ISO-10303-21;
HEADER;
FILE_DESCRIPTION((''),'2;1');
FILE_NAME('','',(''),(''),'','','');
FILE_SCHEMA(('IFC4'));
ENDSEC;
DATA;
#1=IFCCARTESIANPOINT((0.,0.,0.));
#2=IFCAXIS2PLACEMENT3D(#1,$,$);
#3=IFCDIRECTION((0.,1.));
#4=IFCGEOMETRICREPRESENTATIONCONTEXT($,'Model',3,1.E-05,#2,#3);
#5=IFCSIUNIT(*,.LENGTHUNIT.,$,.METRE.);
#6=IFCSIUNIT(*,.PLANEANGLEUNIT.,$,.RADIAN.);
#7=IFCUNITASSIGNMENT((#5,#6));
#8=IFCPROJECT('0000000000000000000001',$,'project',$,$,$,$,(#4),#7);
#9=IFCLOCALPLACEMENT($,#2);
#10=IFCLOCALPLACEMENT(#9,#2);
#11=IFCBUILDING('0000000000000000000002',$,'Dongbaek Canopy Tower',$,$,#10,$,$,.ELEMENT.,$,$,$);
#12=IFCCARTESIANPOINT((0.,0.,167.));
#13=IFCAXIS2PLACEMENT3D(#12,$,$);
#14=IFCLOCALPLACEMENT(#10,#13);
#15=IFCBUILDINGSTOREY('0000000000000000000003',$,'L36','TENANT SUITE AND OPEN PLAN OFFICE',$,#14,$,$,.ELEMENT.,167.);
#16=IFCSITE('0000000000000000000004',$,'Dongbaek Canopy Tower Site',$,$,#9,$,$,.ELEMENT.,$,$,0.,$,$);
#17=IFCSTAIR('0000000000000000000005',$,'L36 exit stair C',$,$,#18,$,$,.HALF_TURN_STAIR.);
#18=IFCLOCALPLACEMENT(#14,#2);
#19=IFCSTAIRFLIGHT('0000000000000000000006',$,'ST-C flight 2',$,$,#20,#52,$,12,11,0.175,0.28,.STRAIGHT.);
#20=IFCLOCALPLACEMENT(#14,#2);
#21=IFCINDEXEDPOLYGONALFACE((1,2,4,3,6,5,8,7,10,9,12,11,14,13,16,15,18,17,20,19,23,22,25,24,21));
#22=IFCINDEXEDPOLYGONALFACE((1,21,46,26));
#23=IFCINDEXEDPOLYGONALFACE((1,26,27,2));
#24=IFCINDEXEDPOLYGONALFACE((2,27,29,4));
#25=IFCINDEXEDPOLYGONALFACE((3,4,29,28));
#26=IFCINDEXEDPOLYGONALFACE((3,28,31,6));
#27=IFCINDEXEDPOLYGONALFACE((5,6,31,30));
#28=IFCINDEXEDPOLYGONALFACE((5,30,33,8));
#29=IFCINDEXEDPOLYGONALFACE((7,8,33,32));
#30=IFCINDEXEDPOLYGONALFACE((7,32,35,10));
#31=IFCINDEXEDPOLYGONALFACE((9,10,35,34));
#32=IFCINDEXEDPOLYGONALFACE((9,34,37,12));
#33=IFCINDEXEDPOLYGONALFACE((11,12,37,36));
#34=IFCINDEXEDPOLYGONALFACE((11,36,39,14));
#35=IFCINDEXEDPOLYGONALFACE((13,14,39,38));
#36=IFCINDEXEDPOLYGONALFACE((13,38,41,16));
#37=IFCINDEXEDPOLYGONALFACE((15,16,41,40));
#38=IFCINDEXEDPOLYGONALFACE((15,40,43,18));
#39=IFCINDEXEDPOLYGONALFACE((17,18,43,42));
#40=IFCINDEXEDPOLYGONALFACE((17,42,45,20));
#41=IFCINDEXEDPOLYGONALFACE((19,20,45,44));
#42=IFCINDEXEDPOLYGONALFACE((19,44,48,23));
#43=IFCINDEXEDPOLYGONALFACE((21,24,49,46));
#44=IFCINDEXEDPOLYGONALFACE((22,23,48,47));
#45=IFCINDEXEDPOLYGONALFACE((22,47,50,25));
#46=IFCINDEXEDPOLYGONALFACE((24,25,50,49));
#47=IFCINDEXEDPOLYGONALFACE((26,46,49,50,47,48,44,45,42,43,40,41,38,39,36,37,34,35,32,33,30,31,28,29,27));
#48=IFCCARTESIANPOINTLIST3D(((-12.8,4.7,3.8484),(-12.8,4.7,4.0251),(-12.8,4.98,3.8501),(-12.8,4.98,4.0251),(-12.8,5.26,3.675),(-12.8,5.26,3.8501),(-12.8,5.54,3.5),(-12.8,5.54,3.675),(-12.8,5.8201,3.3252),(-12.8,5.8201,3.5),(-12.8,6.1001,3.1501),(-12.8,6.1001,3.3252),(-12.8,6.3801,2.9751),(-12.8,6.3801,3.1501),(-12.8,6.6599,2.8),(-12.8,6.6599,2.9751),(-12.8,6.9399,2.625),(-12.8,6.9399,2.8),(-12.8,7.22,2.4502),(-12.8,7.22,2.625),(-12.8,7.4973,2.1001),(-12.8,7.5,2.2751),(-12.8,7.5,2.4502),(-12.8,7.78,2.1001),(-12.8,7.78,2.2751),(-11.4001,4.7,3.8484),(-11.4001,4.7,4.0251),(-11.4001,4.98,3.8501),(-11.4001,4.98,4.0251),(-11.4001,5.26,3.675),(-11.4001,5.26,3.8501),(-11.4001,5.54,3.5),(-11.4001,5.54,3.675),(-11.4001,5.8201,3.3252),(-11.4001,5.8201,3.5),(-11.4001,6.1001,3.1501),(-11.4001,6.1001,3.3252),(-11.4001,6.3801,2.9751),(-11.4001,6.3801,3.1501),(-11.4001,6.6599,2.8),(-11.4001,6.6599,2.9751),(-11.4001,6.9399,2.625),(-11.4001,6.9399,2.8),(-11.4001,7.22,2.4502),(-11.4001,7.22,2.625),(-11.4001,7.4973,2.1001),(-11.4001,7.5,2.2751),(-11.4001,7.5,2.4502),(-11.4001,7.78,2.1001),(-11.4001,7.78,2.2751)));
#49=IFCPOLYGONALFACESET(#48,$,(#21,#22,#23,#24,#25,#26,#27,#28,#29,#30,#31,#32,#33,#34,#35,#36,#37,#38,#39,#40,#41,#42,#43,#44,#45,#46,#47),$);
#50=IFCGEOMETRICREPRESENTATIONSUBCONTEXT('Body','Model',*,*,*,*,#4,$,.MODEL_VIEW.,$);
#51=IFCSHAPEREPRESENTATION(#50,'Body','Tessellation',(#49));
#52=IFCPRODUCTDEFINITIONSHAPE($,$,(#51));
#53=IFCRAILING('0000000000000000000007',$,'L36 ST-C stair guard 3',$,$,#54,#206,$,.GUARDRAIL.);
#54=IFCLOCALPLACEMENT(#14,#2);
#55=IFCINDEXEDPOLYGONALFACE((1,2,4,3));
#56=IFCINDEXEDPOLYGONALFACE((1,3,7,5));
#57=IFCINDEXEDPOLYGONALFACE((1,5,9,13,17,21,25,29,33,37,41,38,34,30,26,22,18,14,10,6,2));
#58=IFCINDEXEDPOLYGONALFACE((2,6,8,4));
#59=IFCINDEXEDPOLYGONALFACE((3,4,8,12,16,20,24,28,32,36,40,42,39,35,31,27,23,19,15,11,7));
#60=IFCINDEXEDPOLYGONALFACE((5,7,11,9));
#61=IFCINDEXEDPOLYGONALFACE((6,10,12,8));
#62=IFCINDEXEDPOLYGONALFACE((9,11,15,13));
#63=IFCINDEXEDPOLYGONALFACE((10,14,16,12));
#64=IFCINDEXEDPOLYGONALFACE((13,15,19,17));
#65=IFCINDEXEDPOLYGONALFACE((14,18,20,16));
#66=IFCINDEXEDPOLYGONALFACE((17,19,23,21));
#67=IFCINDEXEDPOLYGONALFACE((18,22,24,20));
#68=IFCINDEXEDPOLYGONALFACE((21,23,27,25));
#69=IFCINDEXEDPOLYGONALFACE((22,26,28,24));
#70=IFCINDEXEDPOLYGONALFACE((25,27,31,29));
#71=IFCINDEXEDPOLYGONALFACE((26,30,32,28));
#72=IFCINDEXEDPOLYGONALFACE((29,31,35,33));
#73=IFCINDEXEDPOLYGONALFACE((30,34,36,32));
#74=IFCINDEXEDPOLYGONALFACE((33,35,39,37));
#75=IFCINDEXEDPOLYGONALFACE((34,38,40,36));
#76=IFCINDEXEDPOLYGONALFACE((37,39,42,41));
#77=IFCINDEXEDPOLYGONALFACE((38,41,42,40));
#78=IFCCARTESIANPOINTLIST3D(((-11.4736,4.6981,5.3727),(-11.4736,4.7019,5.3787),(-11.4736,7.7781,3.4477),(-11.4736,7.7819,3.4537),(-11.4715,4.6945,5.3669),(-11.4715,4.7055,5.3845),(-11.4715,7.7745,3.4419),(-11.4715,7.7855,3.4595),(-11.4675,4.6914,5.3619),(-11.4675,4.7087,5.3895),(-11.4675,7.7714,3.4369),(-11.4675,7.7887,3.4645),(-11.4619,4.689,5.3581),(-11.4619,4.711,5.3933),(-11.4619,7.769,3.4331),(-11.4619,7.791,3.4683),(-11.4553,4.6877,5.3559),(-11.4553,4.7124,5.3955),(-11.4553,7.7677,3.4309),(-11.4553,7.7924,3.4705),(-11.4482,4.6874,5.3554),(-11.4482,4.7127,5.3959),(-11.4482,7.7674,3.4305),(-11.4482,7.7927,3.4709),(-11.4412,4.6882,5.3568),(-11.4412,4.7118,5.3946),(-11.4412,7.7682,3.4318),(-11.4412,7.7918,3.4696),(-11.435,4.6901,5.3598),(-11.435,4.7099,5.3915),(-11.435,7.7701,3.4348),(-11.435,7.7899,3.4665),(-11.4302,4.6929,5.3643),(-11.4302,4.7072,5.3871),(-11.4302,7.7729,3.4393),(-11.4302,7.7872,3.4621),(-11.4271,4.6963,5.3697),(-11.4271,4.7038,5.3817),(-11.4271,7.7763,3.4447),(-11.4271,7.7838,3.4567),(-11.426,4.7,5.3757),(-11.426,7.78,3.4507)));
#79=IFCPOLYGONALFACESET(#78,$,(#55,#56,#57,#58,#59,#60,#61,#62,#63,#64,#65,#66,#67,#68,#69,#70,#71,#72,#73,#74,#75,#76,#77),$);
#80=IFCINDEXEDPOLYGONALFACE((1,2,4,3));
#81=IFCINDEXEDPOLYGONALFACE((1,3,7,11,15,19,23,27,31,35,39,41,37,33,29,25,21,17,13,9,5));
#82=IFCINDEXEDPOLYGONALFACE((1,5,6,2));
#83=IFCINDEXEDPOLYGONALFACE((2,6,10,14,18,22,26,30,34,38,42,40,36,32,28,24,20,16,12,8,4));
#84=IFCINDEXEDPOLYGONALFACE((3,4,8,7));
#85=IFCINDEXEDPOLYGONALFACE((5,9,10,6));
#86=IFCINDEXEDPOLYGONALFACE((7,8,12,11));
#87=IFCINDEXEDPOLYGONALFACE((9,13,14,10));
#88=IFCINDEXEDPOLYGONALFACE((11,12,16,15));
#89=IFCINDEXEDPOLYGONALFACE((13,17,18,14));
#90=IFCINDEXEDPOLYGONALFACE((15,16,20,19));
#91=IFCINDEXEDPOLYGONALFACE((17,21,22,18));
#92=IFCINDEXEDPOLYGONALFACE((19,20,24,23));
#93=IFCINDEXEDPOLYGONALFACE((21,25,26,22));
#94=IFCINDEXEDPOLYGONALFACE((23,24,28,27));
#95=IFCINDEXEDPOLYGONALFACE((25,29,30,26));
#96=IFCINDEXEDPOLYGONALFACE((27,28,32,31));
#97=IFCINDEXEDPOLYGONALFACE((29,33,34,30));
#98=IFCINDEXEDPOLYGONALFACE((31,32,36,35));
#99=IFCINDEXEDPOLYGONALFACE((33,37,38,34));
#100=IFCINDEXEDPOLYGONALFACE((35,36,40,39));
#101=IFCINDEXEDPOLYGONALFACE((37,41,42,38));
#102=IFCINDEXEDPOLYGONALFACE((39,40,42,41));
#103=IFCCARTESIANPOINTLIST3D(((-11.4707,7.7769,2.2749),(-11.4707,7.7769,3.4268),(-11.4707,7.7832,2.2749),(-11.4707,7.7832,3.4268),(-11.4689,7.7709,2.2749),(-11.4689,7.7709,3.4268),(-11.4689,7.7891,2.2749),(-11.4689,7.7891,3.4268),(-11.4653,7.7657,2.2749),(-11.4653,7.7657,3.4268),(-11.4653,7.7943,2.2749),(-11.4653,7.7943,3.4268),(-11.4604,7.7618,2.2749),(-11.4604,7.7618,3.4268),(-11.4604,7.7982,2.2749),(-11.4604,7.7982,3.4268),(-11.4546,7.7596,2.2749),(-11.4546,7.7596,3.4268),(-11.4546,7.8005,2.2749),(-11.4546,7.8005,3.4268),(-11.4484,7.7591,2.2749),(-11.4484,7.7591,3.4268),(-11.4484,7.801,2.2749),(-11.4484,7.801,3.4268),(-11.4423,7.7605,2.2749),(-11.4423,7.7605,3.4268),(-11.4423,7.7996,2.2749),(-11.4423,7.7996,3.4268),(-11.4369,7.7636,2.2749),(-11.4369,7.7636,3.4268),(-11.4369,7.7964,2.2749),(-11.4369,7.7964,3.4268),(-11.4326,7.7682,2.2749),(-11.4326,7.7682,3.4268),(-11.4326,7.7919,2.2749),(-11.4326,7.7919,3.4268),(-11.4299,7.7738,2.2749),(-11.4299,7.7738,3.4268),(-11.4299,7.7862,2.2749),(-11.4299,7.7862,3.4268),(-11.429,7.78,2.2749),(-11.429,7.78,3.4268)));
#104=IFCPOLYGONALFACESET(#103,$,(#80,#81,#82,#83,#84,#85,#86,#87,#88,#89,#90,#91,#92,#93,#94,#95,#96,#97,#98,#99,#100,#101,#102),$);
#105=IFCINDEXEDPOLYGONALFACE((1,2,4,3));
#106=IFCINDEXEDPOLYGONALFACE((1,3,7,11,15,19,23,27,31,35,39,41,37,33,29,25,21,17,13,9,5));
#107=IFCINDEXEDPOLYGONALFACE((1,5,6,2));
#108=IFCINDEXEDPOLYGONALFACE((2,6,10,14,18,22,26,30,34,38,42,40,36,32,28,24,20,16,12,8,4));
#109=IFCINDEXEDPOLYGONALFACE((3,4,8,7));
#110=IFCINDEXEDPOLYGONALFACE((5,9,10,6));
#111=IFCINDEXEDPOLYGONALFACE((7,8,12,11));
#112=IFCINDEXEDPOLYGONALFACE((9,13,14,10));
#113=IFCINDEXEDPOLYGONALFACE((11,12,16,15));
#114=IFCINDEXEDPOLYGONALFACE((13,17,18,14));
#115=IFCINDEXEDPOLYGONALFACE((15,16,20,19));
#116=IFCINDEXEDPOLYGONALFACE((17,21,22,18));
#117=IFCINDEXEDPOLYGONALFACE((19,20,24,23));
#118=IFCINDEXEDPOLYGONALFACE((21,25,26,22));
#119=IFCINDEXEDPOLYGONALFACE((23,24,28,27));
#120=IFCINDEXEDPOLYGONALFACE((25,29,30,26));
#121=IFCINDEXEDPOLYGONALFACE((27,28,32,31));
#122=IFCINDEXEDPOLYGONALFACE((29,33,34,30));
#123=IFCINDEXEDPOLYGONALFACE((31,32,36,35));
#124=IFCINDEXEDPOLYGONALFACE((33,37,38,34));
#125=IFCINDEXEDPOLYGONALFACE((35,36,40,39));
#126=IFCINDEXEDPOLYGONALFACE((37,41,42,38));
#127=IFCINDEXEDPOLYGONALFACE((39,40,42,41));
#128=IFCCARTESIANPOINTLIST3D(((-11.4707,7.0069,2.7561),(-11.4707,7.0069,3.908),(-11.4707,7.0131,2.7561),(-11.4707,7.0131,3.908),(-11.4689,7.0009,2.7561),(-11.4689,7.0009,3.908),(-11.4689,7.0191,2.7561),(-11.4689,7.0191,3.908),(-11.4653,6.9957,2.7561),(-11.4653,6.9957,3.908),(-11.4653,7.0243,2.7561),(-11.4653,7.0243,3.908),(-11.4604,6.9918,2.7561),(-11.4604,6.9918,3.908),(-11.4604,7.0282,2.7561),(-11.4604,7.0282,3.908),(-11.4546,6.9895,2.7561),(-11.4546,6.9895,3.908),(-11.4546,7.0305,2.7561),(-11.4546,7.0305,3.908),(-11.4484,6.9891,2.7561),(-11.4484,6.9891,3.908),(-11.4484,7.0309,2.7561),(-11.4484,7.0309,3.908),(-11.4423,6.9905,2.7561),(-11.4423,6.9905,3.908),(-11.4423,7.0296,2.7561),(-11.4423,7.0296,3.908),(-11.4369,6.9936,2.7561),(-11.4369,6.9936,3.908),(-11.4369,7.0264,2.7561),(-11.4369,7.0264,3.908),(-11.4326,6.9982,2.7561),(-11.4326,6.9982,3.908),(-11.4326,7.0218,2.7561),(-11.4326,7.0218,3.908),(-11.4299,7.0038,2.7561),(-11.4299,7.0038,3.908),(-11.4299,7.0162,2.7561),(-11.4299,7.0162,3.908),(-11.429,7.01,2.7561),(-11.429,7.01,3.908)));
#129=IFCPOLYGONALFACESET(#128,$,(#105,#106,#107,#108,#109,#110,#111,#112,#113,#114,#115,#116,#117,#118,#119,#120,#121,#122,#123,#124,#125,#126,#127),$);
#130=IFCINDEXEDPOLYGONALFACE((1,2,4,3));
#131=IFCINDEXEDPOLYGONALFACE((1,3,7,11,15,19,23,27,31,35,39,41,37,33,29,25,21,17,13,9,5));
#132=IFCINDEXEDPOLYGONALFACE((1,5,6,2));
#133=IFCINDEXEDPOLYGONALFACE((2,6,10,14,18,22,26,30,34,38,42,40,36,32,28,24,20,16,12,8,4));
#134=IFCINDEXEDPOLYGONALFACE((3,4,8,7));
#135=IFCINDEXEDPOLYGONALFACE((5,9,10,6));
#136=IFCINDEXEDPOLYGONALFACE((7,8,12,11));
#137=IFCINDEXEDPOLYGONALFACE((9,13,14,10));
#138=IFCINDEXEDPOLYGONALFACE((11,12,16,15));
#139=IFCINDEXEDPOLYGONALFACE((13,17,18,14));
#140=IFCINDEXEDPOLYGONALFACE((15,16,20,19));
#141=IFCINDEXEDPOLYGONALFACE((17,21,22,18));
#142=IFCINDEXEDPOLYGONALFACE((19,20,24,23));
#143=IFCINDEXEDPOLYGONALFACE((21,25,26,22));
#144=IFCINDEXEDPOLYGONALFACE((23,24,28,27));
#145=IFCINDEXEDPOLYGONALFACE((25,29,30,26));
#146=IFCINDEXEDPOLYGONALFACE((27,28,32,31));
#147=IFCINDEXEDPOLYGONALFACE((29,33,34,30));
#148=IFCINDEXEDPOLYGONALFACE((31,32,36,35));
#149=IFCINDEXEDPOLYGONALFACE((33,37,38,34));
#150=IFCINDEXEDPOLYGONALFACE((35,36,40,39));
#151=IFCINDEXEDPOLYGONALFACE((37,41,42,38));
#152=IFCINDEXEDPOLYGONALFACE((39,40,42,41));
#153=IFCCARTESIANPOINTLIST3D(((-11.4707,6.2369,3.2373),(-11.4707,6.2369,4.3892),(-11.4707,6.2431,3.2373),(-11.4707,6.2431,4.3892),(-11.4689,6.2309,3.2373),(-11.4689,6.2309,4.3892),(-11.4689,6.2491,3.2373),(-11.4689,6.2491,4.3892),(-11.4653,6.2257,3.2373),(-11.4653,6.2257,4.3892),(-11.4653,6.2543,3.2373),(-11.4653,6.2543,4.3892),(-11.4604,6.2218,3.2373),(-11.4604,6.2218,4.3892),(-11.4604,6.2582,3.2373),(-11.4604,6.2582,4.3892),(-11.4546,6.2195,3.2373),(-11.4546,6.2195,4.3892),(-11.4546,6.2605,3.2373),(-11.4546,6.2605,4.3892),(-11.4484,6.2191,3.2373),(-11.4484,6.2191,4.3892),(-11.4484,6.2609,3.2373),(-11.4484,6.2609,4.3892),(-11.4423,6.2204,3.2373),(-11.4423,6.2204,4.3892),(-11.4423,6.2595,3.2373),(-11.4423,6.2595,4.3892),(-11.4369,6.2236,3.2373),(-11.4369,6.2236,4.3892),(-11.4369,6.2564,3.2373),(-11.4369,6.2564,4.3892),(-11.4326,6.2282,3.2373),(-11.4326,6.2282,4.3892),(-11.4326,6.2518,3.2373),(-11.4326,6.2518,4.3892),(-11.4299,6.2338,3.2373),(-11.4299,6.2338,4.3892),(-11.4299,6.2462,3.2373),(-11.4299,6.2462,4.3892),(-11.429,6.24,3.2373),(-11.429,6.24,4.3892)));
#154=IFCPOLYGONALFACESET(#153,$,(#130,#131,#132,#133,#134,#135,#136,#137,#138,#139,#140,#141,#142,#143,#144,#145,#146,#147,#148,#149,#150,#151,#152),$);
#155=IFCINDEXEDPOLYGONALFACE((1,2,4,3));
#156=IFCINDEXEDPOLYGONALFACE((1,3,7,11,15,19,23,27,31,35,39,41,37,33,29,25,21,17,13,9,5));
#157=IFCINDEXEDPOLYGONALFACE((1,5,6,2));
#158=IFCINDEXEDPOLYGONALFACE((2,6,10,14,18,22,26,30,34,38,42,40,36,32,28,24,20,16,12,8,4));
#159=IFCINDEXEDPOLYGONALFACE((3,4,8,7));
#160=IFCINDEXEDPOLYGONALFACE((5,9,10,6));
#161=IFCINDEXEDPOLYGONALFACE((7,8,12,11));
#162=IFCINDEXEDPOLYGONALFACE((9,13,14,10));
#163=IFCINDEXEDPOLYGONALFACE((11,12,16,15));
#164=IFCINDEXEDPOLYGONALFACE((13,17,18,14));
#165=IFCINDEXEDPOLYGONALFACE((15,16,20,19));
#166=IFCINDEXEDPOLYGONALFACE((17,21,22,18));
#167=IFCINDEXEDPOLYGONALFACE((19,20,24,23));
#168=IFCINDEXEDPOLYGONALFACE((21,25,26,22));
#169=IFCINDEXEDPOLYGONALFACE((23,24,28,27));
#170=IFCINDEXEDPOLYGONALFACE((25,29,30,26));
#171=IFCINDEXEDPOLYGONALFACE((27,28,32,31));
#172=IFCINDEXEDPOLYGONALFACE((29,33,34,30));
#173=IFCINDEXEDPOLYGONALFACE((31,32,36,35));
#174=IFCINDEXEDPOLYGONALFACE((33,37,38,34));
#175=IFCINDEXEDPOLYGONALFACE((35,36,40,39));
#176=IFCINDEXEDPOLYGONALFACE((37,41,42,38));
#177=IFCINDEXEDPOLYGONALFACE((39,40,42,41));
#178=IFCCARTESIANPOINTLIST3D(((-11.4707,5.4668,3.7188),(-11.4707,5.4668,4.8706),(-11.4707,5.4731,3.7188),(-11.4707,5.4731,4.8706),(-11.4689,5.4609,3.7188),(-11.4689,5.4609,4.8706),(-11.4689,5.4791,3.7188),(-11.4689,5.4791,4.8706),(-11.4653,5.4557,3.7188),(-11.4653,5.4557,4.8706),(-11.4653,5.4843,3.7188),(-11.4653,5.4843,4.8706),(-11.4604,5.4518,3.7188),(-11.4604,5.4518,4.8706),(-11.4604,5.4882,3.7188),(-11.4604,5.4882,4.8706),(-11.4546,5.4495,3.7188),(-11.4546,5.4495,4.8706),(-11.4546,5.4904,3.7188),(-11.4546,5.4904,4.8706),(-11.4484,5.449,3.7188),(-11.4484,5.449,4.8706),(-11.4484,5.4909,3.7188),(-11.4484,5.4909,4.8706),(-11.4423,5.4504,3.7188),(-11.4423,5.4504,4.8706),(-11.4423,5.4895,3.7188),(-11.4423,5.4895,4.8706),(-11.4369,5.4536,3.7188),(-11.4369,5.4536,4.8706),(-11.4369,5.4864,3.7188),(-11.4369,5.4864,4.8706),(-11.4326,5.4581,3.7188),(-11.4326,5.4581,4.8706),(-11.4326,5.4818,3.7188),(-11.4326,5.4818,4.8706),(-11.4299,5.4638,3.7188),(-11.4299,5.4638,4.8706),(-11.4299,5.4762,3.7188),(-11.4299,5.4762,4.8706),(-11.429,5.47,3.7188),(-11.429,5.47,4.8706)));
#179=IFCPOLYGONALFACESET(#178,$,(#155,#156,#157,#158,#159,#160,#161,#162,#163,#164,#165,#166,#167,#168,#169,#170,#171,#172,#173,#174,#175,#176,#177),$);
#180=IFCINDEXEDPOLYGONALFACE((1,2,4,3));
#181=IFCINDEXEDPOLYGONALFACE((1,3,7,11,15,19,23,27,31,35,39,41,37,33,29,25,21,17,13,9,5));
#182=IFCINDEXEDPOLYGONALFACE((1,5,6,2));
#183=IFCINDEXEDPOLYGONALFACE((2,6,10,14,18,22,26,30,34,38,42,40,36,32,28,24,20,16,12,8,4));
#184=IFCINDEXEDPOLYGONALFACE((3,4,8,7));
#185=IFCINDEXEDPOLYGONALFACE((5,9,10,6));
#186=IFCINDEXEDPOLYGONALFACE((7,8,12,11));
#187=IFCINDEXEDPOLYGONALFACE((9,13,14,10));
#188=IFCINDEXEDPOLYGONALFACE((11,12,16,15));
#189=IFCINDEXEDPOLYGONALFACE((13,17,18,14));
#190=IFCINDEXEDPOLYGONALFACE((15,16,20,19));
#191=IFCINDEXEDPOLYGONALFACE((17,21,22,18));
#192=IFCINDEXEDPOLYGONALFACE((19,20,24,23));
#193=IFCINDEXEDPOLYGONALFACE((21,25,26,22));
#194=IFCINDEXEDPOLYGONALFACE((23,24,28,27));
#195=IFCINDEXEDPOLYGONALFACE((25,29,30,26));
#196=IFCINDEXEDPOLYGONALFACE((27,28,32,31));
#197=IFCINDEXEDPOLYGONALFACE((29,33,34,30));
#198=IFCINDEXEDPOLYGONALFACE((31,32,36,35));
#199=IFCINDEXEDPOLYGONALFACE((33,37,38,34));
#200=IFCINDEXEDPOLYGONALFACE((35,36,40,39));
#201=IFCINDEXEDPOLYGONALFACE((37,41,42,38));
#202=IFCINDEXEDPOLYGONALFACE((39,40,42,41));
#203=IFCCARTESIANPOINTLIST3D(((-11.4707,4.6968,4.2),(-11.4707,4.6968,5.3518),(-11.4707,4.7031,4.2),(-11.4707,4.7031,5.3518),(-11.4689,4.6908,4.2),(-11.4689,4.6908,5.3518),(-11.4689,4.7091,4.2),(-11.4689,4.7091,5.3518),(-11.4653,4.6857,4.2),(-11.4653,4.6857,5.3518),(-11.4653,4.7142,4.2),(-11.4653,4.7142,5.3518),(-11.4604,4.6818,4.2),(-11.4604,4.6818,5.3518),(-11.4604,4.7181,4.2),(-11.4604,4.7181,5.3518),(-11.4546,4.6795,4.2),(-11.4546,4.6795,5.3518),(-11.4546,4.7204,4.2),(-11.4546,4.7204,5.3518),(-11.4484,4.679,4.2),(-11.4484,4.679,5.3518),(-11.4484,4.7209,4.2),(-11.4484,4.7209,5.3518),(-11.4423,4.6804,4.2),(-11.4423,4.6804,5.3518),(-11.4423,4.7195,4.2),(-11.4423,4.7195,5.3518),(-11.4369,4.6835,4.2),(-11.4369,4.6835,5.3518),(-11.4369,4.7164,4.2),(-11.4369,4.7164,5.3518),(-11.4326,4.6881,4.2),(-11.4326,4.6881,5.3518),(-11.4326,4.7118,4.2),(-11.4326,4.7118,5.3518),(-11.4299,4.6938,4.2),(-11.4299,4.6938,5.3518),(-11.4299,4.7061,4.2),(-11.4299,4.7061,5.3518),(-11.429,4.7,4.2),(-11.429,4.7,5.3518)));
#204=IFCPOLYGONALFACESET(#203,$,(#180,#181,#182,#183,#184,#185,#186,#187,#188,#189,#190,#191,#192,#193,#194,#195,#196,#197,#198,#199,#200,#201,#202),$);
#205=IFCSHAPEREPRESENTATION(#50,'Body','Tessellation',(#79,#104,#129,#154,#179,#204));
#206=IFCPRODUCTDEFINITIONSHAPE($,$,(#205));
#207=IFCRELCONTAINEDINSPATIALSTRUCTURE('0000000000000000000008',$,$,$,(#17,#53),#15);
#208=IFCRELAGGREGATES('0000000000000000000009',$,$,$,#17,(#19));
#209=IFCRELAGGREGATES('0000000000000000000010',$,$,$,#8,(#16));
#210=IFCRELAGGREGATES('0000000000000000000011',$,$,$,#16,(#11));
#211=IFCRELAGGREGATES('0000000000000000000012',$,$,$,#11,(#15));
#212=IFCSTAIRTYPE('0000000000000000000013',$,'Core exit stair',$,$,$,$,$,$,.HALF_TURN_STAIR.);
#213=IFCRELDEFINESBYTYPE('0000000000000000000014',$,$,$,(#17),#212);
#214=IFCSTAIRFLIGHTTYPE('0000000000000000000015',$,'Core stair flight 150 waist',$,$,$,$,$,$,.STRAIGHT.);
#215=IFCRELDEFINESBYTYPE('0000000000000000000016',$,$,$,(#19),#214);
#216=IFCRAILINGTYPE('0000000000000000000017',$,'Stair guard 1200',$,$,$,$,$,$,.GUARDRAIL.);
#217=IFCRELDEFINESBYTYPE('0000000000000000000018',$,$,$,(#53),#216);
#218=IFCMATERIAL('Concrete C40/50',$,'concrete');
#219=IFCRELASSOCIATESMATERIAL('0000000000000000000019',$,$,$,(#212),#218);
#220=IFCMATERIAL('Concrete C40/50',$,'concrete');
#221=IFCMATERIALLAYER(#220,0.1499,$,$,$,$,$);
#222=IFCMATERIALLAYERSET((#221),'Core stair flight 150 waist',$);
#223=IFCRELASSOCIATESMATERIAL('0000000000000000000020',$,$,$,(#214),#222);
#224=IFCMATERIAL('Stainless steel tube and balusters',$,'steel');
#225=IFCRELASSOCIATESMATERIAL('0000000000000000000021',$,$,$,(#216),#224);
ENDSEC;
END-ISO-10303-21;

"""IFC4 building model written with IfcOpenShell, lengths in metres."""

from ifc_helpers import new_model, si_unit, direction, frame, origin, origin_2d, place, context, subcontext, project, spatial, polyline, circle, outline, extrude, material, layer, layer_set, type_object, element, aggregate, save


model = new_model("IFC4")

# Units and contexts
model_context = context("Model", 3, precision=1e-05, world=origin(), true_north=direction((0.0, 1.0)))
body_context = subcontext(model_context, "Body", "Model", "MODEL_VIEW")
ifc_project = project(units=[si_unit("LENGTHUNIT", "METRE"), si_unit("PLANEANGLEUNIT", "RADIAN")], contexts=[model_context])

# Site, building, storey
site_placement = place(None, origin())
site = spatial("IfcSite", under=ifc_project, at=site_placement, Name="Dongbaek Canopy Tower Site", CompositionType="ELEMENT", RefElevation=0.0)
building_placement = place(site_placement, origin())
building = spatial("IfcBuilding", under=site, at=building_placement, Name="Dongbaek Canopy Tower", CompositionType="ELEMENT")
storey_placement = place(building_placement, frame((0.0, 0.0, 167.0)))
storey = spatial("IfcBuildingStorey", under=building, at=storey_placement, Name="L36", Description="TENANT SUITE AND OPEN PLAN OFFICE", CompositionType="ELEMENT", Elevation=167.0)

# Stair, stair flight
ifc_material_1 = material(Name="Concrete C40/50", Category="concrete")
stair_type = type_object("IfcStairType", Name="Core exit stair", PredefinedType="HALF_TURN_STAIR", material=ifc_material_1)
stair_placement = place(storey_placement, origin())
stair = element("IfcStair", 1, at=stair_placement, inside=storey, type_object=stair_type, Name="L36 exit stair C", PredefinedType="HALF_TURN_STAIR")
ifc_material_2 = material(Name="Concrete C40/50", Category="concrete")
ifc_layer_1 = layer(ifc_material_2, 0.1499)
ifc_layer_set_1 = layer_set([ifc_layer_1], Name="Core stair flight 150 waist")
stair_flight_type = type_object("IfcStairFlightType", Name="Core stair flight 150 waist", PredefinedType="STRAIGHT", material=ifc_layer_set_1)
stair_flight_placement = place(storey_placement, frame((-12.1001, 7.78, 2.1001), z_axis=(0.0, 0.0, 1.0), x_axis=(0.0, -1.0, 0.0)))
stair_flight = element("IfcStairFlight", 2, at=stair_flight_placement, type_object=stair_flight_type, Name="ST-C flight 2", NumberOfRisers=12, NumberOfTreads=11, PredefinedType="STRAIGHT", RiserHeight=0.175, TreadLength=0.28, context=body_context, shape_type="SweptSolid", body=[
    extrude(outline(polyline([(0.0, 0.0), (0.0, 0.175), (0.28, 0.175), (0.28, 0.3501), (0.5601, 0.3501), (0.5601, 0.5249), (0.8401, 0.5249), (0.8401, 0.7), (1.1201, 0.7), (1.1201, 0.875), (1.3999, 0.875), (1.3999, 1.05), (1.6799, 1.05), (1.6799, 1.2251), (1.96, 1.2251), (1.96, 1.3999), (2.24, 1.3999), (2.24, 1.575), (2.52, 1.575), (2.52, 1.75), (2.8, 1.75), (2.8, 1.925), (3.0801, 1.925), (3.0801, 2.1001), (3.0801, 1.7483), (0.2827, 0.0), (0.0, 0.0)])), frame((0.0, 0.7, 0.0), z_axis=(0.0, -1.0, 0.0), x_axis=(1.0, 0.0, 0.0)), (0.0, 0.0, 1.0), 1.3999),
])
aggregate(stair, [stair_flight])

# Railing
ifc_material_3 = material(Name="Stainless steel tube and balusters", Category="steel")
railing_type_1 = type_object("IfcRailingType", Name="Stair guard 1200", PredefinedType="GUARDRAIL", material=ifc_material_3)
railing_1_placement = place(storey_placement, frame((-11.45, 7.78, 2.2749)))
element("IfcRailing", 3, at=railing_1_placement, inside=storey, type_object=railing_type_1, Name="L36 ST-C stair guard 3", PredefinedType="GUARDRAIL", context=body_context, shape_type="SweptSolid", body=[
    extrude(circle(Radius=0.0239, at=origin_2d()), frame((0.0, 0.0, 1.1758), z_axis=(0.0, -0.847998, 0.529999), x_axis=(1.0, 0.0, 0.0)), (0.0, 0.0, 1.0), 3.6321),
    extrude(circle(Radius=0.021, at=origin_2d()), origin(), (0.0, 0.0, 1.0), 1.1519),
    extrude(circle(Radius=0.021, at=origin_2d()), frame((0.0, -0.77, 0.4812)), (0.0, 0.0, 1.0), 1.1519),
    extrude(circle(Radius=0.021, at=origin_2d()), frame((0.0, -1.54, 0.9624)), (0.0, 0.0, 1.0), 1.1519),
    extrude(circle(Radius=0.021, at=origin_2d()), frame((0.0, -2.3101, 1.4438)), (0.0, 0.0, 1.0), 1.1519),
    extrude(circle(Radius=0.021, at=origin_2d()), frame((0.0, -3.0801, 1.925)), (0.0, 0.0, 1.0), 1.1519),
])

save(model, "model.ifc")
